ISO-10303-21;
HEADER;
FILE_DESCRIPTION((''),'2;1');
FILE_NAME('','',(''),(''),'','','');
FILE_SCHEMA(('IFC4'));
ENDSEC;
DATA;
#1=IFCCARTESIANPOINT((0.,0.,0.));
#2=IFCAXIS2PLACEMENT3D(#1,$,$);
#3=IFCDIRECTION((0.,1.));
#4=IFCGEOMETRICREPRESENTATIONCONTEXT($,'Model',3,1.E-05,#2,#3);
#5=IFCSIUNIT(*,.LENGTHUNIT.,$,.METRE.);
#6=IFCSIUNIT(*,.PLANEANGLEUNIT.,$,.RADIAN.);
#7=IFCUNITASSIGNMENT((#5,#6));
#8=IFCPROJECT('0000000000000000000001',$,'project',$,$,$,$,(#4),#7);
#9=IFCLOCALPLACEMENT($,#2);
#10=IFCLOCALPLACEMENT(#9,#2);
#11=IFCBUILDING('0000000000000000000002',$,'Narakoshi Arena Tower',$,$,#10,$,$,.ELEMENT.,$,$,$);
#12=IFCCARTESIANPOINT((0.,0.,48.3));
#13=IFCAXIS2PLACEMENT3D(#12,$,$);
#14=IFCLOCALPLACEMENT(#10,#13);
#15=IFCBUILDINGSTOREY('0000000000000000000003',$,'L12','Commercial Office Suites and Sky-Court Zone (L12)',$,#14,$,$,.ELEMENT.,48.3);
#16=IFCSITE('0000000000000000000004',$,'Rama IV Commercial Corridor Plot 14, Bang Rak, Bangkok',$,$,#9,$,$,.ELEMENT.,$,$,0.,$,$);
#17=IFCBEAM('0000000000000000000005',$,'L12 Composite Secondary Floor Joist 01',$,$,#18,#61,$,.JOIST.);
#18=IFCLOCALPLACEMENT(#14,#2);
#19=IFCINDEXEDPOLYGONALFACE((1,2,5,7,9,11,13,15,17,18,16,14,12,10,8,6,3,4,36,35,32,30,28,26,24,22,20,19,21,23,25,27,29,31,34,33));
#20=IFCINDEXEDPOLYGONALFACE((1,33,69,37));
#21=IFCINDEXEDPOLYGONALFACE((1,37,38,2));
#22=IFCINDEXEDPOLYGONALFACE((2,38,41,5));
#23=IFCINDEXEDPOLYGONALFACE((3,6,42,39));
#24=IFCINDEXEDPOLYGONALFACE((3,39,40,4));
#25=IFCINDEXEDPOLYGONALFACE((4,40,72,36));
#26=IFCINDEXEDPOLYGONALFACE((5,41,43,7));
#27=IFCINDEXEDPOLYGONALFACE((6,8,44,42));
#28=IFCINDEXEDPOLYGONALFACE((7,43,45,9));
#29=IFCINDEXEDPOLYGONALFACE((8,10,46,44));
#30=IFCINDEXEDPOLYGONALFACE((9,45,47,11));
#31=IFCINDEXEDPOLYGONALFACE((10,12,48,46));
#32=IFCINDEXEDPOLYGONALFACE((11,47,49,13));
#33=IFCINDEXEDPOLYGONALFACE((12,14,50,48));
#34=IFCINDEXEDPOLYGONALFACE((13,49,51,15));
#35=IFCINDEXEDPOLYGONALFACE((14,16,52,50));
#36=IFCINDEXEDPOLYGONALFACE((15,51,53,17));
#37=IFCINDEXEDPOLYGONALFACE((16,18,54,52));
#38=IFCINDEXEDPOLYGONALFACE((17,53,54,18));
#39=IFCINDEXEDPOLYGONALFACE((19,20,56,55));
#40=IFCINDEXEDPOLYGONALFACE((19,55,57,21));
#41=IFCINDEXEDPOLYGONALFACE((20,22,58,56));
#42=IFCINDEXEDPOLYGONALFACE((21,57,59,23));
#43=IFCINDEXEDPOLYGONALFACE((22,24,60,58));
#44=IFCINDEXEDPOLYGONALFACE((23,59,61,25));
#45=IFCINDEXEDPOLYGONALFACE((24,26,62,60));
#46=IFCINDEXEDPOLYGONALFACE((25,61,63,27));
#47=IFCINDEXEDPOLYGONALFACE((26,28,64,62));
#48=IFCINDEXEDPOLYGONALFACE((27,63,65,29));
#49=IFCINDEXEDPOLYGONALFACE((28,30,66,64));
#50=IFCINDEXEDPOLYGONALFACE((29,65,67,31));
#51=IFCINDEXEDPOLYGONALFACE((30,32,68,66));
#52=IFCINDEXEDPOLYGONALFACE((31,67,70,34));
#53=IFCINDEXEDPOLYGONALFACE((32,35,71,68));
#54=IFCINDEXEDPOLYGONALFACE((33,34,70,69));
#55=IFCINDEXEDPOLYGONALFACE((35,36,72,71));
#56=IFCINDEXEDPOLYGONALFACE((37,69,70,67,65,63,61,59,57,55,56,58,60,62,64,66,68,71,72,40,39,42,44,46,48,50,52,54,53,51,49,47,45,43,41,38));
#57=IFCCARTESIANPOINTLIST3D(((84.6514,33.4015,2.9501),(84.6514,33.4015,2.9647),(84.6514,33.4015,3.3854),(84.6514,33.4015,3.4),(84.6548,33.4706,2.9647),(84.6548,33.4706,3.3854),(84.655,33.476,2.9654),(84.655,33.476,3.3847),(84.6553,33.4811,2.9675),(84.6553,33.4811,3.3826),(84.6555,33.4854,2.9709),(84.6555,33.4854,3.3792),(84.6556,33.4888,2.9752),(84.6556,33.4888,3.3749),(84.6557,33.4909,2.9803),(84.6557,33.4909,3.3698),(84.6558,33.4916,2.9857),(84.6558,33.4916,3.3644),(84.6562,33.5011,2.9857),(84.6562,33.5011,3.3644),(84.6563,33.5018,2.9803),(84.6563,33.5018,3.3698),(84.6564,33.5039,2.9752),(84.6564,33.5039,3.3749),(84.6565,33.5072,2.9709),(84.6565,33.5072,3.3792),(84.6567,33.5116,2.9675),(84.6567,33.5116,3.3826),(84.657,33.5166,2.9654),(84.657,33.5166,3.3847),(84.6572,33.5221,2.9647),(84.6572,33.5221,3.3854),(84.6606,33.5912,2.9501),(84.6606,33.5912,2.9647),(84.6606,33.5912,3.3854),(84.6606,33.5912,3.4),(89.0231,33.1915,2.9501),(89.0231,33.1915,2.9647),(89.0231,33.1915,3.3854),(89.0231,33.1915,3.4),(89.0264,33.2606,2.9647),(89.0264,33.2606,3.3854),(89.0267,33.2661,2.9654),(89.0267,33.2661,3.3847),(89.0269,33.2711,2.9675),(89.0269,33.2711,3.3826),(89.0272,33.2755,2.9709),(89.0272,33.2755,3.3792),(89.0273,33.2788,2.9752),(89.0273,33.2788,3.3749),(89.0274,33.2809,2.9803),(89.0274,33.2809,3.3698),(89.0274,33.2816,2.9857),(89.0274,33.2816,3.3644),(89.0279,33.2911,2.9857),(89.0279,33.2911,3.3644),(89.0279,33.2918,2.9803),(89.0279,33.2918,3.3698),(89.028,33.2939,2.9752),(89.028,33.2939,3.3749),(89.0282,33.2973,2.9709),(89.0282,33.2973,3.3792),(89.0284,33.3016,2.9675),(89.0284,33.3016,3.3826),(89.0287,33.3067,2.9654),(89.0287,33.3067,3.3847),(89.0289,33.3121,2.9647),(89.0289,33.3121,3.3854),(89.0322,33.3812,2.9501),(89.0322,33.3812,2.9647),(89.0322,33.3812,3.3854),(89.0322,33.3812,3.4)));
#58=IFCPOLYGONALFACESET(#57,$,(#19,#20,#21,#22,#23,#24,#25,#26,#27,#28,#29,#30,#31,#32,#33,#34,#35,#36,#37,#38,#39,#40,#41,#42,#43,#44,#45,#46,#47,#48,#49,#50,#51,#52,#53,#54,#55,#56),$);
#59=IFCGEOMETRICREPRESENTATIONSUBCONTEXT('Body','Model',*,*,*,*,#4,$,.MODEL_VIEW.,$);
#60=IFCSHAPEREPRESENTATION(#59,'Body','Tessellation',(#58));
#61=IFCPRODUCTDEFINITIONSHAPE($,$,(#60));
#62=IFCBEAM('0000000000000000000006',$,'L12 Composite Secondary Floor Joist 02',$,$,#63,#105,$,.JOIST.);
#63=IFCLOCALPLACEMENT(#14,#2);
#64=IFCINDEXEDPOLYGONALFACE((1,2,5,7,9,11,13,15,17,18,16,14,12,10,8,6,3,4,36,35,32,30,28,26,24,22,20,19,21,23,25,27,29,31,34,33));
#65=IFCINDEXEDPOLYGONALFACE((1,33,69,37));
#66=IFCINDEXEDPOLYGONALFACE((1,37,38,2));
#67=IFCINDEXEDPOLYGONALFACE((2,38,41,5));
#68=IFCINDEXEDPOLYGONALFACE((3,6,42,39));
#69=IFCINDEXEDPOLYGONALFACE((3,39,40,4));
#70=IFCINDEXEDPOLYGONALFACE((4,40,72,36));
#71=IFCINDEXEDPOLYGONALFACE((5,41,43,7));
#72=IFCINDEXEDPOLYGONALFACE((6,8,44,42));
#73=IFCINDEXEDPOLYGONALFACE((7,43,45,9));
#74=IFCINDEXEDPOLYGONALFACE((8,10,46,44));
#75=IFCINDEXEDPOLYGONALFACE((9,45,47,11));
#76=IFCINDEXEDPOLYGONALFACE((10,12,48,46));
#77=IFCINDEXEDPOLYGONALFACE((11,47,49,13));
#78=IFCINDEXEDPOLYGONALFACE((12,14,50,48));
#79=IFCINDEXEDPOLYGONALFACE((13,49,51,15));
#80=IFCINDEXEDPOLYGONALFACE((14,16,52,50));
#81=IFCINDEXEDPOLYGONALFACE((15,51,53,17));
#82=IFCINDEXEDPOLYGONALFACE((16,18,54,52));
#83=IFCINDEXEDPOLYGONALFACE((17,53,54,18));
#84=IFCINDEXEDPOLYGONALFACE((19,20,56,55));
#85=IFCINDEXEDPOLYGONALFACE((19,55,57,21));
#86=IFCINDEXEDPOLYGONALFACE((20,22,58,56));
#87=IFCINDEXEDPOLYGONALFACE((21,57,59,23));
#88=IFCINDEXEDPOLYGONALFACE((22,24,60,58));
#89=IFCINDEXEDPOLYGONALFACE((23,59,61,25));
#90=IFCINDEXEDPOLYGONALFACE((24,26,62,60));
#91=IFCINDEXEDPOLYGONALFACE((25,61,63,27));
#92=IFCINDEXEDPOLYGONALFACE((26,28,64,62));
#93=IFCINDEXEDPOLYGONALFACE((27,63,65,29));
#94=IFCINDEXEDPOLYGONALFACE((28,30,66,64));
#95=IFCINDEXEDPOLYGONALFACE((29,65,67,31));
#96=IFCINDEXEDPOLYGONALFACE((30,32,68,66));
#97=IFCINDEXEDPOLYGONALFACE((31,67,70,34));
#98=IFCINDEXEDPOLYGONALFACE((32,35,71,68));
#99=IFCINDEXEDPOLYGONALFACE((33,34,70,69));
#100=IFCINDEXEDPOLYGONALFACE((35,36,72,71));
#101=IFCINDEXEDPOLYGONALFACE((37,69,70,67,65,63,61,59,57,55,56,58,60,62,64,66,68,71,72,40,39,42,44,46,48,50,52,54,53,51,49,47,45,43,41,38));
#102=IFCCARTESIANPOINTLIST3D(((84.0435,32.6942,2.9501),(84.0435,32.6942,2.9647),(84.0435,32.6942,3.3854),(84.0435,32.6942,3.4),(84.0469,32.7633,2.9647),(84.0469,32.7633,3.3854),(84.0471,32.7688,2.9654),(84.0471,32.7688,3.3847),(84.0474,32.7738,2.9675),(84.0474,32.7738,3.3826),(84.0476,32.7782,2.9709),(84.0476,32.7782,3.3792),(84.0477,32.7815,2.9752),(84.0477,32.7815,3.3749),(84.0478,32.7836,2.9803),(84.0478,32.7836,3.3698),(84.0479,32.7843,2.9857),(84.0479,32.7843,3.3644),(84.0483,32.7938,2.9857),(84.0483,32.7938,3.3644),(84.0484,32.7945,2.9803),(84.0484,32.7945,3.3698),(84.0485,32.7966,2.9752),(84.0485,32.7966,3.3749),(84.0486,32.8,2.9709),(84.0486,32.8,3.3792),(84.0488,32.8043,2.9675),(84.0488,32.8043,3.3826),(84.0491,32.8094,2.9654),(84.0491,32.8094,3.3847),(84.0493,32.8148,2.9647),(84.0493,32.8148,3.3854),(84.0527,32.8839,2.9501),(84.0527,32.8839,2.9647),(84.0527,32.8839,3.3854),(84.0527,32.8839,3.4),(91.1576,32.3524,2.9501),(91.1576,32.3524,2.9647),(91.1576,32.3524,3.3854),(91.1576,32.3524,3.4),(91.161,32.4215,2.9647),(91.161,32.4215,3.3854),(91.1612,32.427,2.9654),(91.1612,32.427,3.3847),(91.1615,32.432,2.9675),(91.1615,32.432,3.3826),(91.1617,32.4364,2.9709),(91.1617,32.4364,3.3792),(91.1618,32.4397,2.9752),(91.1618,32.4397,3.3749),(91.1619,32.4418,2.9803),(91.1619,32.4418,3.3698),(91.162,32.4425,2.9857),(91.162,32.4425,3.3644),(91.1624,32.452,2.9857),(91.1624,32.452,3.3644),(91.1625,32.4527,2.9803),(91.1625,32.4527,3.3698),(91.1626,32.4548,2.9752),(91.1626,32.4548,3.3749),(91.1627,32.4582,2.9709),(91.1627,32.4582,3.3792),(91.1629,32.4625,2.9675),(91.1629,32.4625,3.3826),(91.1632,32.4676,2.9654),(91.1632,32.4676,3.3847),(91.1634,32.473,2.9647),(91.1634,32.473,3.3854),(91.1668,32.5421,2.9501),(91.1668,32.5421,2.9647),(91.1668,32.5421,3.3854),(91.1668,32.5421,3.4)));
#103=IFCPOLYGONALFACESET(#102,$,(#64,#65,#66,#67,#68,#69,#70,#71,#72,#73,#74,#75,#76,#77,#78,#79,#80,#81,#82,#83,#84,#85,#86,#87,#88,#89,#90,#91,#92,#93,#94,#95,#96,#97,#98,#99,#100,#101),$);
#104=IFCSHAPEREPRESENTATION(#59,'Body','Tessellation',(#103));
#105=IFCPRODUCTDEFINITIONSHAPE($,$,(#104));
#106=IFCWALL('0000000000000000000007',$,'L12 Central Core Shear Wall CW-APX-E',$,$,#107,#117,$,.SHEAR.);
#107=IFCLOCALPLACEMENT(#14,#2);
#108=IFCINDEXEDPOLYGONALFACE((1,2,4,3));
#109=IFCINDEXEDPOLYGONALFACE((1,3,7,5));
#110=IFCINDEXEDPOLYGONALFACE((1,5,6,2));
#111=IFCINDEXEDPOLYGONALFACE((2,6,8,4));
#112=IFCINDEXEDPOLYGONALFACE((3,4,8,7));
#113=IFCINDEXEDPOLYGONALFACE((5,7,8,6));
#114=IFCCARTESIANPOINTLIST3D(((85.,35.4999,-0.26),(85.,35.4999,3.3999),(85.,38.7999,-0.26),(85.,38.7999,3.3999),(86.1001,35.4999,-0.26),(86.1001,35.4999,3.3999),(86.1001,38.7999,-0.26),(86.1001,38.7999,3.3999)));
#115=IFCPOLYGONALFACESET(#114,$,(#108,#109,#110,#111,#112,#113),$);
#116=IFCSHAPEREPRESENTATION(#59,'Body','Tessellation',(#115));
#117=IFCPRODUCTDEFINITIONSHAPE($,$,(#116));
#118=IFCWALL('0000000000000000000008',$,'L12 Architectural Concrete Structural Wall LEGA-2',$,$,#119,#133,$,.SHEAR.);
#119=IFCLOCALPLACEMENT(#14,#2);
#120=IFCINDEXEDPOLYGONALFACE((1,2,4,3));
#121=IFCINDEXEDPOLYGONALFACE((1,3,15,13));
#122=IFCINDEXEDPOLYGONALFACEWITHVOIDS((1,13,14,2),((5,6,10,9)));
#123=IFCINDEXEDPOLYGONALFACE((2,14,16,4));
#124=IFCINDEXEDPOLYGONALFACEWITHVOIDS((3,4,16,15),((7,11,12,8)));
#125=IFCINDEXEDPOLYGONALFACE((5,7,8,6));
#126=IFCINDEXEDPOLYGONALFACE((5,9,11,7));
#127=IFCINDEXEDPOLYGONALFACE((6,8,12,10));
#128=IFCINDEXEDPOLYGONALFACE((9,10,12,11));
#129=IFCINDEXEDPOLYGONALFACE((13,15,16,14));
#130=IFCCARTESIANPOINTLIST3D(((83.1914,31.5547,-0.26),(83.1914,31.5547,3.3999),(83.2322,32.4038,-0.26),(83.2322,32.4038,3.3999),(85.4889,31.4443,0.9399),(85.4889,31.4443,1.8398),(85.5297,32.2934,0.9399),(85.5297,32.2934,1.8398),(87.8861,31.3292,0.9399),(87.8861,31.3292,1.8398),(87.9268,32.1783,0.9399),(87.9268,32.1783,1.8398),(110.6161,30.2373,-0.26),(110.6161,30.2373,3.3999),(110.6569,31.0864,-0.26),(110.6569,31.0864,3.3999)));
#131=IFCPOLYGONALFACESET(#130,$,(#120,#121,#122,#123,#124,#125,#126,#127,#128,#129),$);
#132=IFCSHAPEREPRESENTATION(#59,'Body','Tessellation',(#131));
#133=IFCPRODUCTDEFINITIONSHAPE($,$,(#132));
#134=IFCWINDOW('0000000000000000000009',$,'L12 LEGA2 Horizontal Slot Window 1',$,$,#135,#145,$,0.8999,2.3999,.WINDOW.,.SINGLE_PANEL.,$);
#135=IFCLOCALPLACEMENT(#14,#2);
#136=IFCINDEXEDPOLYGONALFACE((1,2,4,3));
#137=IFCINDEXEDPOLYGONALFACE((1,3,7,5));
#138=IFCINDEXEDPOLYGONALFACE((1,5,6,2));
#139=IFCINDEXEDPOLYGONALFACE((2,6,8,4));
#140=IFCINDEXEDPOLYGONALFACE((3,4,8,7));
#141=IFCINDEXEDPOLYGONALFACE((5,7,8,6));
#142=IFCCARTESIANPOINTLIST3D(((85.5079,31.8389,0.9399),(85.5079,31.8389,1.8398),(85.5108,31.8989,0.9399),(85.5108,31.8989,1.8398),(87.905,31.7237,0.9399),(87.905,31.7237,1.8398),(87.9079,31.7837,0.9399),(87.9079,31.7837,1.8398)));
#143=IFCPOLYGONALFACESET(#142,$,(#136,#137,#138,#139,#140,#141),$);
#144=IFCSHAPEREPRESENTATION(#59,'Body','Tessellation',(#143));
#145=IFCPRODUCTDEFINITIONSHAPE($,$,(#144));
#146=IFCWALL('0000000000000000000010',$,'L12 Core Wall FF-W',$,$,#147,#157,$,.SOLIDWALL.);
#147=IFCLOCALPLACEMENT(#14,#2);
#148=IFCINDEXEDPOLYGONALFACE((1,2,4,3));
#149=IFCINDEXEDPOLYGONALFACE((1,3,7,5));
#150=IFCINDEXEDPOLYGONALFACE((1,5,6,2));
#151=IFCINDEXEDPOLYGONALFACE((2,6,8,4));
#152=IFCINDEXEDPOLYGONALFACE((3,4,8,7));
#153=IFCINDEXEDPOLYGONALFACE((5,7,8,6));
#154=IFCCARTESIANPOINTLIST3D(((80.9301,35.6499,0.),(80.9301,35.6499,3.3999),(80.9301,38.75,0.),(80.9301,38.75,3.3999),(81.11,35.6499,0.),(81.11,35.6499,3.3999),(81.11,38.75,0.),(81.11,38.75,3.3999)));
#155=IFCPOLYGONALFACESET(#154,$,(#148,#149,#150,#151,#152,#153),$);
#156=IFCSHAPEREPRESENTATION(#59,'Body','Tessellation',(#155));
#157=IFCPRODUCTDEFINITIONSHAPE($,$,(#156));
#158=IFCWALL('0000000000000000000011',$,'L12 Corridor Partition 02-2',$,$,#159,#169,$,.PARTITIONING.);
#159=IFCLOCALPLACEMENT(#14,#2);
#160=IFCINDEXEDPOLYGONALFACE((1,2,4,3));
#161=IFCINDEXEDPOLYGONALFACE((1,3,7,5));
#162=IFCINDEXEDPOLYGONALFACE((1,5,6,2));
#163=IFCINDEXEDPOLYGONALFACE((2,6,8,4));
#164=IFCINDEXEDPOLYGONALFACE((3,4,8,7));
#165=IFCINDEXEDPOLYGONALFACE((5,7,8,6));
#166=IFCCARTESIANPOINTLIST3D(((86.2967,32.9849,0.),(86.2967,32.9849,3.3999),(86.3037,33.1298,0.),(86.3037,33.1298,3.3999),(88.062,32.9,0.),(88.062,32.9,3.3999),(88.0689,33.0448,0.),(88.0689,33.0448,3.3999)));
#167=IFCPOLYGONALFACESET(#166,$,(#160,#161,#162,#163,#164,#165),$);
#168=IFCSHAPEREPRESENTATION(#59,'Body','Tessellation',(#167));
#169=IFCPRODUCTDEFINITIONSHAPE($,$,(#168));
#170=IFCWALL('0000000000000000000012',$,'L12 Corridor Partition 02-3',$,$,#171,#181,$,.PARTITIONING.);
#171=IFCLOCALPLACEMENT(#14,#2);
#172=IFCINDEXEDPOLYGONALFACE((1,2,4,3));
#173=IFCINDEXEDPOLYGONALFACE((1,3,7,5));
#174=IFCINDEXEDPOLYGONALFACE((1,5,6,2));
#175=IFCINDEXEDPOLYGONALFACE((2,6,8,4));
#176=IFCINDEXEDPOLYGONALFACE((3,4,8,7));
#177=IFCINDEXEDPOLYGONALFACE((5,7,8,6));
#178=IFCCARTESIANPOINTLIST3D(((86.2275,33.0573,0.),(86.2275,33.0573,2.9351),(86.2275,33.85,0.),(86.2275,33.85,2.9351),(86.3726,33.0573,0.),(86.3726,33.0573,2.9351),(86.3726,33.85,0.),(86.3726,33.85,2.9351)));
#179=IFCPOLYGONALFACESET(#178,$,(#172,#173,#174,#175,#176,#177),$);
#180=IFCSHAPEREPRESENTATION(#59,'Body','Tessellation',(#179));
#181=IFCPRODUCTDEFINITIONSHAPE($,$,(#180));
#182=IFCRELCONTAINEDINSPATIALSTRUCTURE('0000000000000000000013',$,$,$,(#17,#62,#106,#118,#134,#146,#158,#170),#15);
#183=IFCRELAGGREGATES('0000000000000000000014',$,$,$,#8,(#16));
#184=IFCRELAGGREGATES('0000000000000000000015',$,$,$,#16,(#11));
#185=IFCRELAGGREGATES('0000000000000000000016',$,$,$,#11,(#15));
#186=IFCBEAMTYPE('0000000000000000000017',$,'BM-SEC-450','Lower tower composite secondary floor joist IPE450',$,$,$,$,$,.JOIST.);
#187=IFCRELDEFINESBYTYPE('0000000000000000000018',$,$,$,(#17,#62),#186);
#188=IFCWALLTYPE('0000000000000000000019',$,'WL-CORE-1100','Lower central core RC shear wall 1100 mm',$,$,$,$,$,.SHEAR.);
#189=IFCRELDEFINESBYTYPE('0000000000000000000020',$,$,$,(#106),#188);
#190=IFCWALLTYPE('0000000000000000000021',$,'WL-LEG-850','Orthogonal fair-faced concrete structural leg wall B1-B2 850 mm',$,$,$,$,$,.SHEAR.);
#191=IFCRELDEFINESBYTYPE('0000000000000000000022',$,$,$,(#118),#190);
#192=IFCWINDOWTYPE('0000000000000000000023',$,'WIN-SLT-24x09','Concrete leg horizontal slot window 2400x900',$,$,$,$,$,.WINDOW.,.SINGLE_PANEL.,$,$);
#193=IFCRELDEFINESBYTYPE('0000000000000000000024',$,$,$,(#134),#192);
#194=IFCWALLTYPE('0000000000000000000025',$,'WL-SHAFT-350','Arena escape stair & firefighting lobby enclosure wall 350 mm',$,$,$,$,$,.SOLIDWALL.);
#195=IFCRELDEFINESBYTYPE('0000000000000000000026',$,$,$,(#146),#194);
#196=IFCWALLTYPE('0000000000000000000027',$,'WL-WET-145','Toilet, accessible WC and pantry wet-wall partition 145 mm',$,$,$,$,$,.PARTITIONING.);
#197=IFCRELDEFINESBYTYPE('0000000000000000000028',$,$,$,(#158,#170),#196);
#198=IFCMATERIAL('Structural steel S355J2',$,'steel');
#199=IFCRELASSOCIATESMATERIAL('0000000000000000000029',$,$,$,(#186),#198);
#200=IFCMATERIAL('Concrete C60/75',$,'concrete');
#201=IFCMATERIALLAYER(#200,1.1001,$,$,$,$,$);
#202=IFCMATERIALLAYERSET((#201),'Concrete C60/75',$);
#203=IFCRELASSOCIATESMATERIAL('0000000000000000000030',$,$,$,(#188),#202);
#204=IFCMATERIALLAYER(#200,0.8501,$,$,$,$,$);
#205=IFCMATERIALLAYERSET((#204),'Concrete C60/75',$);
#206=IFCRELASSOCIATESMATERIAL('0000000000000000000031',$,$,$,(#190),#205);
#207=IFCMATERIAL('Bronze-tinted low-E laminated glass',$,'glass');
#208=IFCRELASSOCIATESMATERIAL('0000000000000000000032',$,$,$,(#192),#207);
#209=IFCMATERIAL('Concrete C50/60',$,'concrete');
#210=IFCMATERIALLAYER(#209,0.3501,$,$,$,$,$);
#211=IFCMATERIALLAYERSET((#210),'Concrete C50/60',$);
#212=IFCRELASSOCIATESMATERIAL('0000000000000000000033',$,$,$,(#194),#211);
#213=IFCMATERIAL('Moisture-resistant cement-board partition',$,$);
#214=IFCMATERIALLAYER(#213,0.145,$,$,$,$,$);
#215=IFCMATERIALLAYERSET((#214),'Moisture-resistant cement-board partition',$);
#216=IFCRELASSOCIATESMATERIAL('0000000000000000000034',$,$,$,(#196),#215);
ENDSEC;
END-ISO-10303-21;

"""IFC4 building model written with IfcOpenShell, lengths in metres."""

from ifc_helpers import new_model, si_unit, direction, frame, frame_2d, origin, origin_2d, place, context, subcontext, project, spatial, rectangle, i_section, extrude, material, layer, layer_set, material_profile, profile_set, type_object, element, fill, save


model = new_model("IFC4")

# Units and contexts
model_context = context("Model", 3, precision=1e-05, world=origin(), true_north=direction((0.0, 1.0)))
body_context = subcontext(model_context, "Body", "Model", "MODEL_VIEW")
ifc_project = project(units=[si_unit("LENGTHUNIT", "METRE"), si_unit("PLANEANGLEUNIT", "RADIAN")], contexts=[model_context])

# Site, building, storey
site_placement = place(None, origin())
site = spatial("IfcSite", under=ifc_project, at=site_placement, Name="Rama IV Commercial Corridor Plot 14, Bang Rak, Bangkok", CompositionType="ELEMENT", RefElevation=0.0)
building_placement = place(site_placement, origin())
building = spatial("IfcBuilding", under=site, at=building_placement, Name="Narakoshi Arena Tower", CompositionType="ELEMENT")
storey_placement = place(building_placement, frame((0.0, 0.0, 48.3)))
storey = spatial("IfcBuildingStorey", under=building, at=storey_placement, Name="L12", Description="Commercial Office Suites and Sky-Court Zone (L12)", CompositionType="ELEMENT", Elevation=48.3)

# Shared definitions
ifc_material_1 = material(Name="Concrete C60/75", Category="concrete")

# Beams
ifc_material_2 = material(Name="Structural steel S355J2", Category="steel")
ifc_material_profile_1 = material_profile(ifc_material_2, i_section(OverallWidth=0.1899, OverallDepth=0.45, WebThickness=0.0095, FlangeThickness=0.0146, FilletRadius=0.021, at=origin_2d()), Name="IPE450")
ifc_profile_set_1 = profile_set([ifc_material_profile_1], Name="Structural steel S355J2")
beam_type_1 = type_object("IfcBeamType", Name="BM-SEC-450", Description="Lower tower composite secondary floor joist IPE450", PredefinedType="JOIST", material=ifc_profile_set_1)
beam_1_placement = place(storey_placement, frame((84.656, 33.4963, 3.175), z_axis=(0.998849, -0.047973, 0.0), x_axis=(0.047973, 0.998849, 0.0)))
element("IfcBeam", 1, at=beam_1_placement, inside=storey, type_object=beam_type_1, Name="L12 Composite Secondary Floor Joist 01", PredefinedType="JOIST", context=body_context, shape_type="SweptSolid", body=[
    extrude(i_section(OverallWidth=0.1899, OverallDepth=0.45, WebThickness=0.0095, FlangeThickness=0.0146, FilletRadius=0.021, at=origin_2d()), origin(), (0.0, 0.0, 1.0), 4.3767),
])
beam_2_placement = place(storey_placement, frame((84.0481, 32.7891, 3.175), z_axis=(0.998848, -0.04799, 0.0), x_axis=(0.04799, 0.998848, 0.0)))
element("IfcBeam", 2, at=beam_2_placement, inside=storey, type_object=beam_type_1, Name="L12 Composite Secondary Floor Joist 02", PredefinedType="JOIST", context=body_context, shape_type="SweptSolid", body=[
    extrude(i_section(OverallWidth=0.1899, OverallDepth=0.45, WebThickness=0.0095, FlangeThickness=0.0146, FilletRadius=0.021, at=origin_2d()), origin(), (0.0, 0.0, 1.0), 7.1223),
])

# Wall
ifc_layer_1 = layer(ifc_material_1, 1.1001)
ifc_layer_set_1 = layer_set([ifc_layer_1], Name="Concrete C60/75")
wall_type_1 = type_object("IfcWallType", Name="WL-CORE-1100", Description="Lower central core RC shear wall 1100 mm", PredefinedType="SHEAR", material=ifc_layer_set_1)
wall_1_placement = place(storey_placement, frame((85.55, 35.5, -0.26), z_axis=(0.0, 0.0, 1.0), x_axis=(0.0, 1.0, 0.0)))
element("IfcWall", 3, at=wall_1_placement, inside=storey, type_object=wall_type_1, Name="L12 Central Core Shear Wall CW-APX-E", PredefinedType="SHEAR", context=body_context, shape_type="SweptSolid", body=[
    extrude(rectangle(XDim=3.3, YDim=1.1001, at=frame_2d((1.6499, 0.0))), origin(), (0.0, 0.0, 1.0), 3.6599),
])

# Wall, opening, window
ifc_layer_2 = layer(ifc_material_1, 0.8501)
ifc_layer_set_2 = layer_set([ifc_layer_2], Name="Concrete C60/75")
wall_type_2 = type_object("IfcWallType", Name="WL-LEG-850", Description="Orthogonal fair-faced concrete structural leg wall B1-B2 850 mm", PredefinedType="SHEAR", material=ifc_layer_set_2)
wall_2_placement = place(storey_placement, frame((83.2119, 31.9792, -0.26), z_axis=(0.0, 0.0, 1.0), x_axis=(0.998848, -0.047981, 0.0)))
wall_2 = element("IfcWall", 4, at=wall_2_placement, inside=storey, type_object=wall_type_2, Name="L12 Architectural Concrete Structural Wall LEGA-2", PredefinedType="SHEAR", context=body_context, shape_type="SweptSolid", body=[
    extrude(rectangle(XDim=27.4563, YDim=0.8501, at=frame_2d((13.728, 0.0))), origin(), (0.0, 0.0, 1.0), 3.6599),
])
opening_1_placement = place(wall_2_placement, frame((2.3, 0.0, 1.2)))
opening_1 = element("IfcOpeningElement", 5, at=opening_1_placement, cuts=wall_2, PredefinedType="OPENING", context=body_context, shape_type="SweptSolid", body=[
    extrude(rectangle(XDim=2.3999, YDim=0.8999, at=frame_2d((1.2, 0.45))), frame((0.0, 0.4351, 0.0), z_axis=(0.0, -1.0, 0.0), x_axis=(1.0, 0.0, 0.0)), (0.0, 0.0, 1.0), 0.8701),
])
ifc_material_3 = material(Name="Bronze-tinted low-E laminated glass", Category="glass")
window_type = type_object("IfcWindowType", Name="WIN-SLT-24x09", Description="Concrete leg horizontal slot window 2400x900", PartitioningType="SINGLE_PANEL", PredefinedType="WINDOW", material=ifc_material_3)
window_placement = place(opening_1_placement, origin())
window = element("IfcWindow", 6, at=window_placement, inside=storey, type_object=window_type, Name="L12 LEGA2 Horizontal Slot Window 1", OverallHeight=0.8999, OverallWidth=2.3999, PartitioningType="SINGLE_PANEL", PredefinedType="WINDOW", context=body_context, shape_type="SweptSolid", body=[
    extrude(rectangle(XDim=2.3999, YDim=0.8999, at=frame_2d((1.2, 0.45))), frame((0.0, 0.03, 0.0), z_axis=(0.0, -1.0, 0.0), x_axis=(1.0, 0.0, 0.0)), (0.0, 0.0, 1.0), 0.0601),
])
fill(opening_1, window)

# Wall
ifc_material_4 = material(Name="Concrete C50/60", Category="concrete")
ifc_layer_3 = layer(ifc_material_4, 0.3501)
ifc_layer_set_3 = layer_set([ifc_layer_3], Name="Concrete C50/60")
wall_type_3 = type_object("IfcWallType", Name="WL-SHAFT-350", Description="Arena escape stair & firefighting lobby enclosure wall 350 mm", PredefinedType="SOLIDWALL", material=ifc_layer_set_3)
wall_3_placement = place(storey_placement, frame((81.02, 35.6499, 0.0), z_axis=(0.0, 0.0, 1.0), x_axis=(0.0, 1.0, 0.0)))
element("IfcWall", 7, at=wall_3_placement, inside=storey, type_object=wall_type_3, Name="L12 Core Wall FF-W", PredefinedType="SOLIDWALL", context=body_context, shape_type="SweptSolid", body=[
    extrude(rectangle(XDim=3.1001, YDim=0.1799, at=frame_2d((1.55, 0.0))), origin(), (0.0, 0.0, 1.0), 3.3999),
])

# Shared definitions
ifc_material_5 = material(Name="Moisture-resistant cement-board partition")
ifc_layer_4 = layer(ifc_material_5, 0.145)
ifc_layer_set_4 = layer_set([ifc_layer_4], Name="Moisture-resistant cement-board partition")
wall_type_4 = type_object("IfcWallType", Name="WL-WET-145", Description="Toilet, accessible WC and pantry wet-wall partition 145 mm", PredefinedType="PARTITIONING", material=ifc_layer_set_4)

# Walls
wall_4_placement = place(storey_placement, frame((86.3, 33.0574, 0.0), z_axis=(0.0, 0.0, 1.0), x_axis=(0.998844, -0.04807, 0.0)))
element("IfcWall", 8, at=wall_4_placement, inside=storey, type_object=wall_type_4, Name="L12 Corridor Partition 02-2", PredefinedType="PARTITIONING", context=body_context, shape_type="SweptSolid", body=[
    extrude(rectangle(XDim=1.7673, YDim=0.145, at=frame_2d((0.8838, 0.0))), origin(), (0.0, 0.0, 1.0), 3.3999),
])
wall_5_placement = place(storey_placement, frame((86.3, 33.8501, 0.0), z_axis=(0.0, 0.0, 1.0), x_axis=(0.0, -1.0, 0.0)))
element("IfcWall", 9, at=wall_5_placement, inside=storey, type_object=wall_type_4, Name="L12 Corridor Partition 02-3", PredefinedType="PARTITIONING", context=body_context, shape_type="SweptSolid", body=[
    extrude(rectangle(XDim=0.7927, YDim=0.145, at=frame_2d((0.3965, 0.0))), origin(), (0.0, 0.0, 1.0), 2.9351),
])

save(model, "model.ifc")
